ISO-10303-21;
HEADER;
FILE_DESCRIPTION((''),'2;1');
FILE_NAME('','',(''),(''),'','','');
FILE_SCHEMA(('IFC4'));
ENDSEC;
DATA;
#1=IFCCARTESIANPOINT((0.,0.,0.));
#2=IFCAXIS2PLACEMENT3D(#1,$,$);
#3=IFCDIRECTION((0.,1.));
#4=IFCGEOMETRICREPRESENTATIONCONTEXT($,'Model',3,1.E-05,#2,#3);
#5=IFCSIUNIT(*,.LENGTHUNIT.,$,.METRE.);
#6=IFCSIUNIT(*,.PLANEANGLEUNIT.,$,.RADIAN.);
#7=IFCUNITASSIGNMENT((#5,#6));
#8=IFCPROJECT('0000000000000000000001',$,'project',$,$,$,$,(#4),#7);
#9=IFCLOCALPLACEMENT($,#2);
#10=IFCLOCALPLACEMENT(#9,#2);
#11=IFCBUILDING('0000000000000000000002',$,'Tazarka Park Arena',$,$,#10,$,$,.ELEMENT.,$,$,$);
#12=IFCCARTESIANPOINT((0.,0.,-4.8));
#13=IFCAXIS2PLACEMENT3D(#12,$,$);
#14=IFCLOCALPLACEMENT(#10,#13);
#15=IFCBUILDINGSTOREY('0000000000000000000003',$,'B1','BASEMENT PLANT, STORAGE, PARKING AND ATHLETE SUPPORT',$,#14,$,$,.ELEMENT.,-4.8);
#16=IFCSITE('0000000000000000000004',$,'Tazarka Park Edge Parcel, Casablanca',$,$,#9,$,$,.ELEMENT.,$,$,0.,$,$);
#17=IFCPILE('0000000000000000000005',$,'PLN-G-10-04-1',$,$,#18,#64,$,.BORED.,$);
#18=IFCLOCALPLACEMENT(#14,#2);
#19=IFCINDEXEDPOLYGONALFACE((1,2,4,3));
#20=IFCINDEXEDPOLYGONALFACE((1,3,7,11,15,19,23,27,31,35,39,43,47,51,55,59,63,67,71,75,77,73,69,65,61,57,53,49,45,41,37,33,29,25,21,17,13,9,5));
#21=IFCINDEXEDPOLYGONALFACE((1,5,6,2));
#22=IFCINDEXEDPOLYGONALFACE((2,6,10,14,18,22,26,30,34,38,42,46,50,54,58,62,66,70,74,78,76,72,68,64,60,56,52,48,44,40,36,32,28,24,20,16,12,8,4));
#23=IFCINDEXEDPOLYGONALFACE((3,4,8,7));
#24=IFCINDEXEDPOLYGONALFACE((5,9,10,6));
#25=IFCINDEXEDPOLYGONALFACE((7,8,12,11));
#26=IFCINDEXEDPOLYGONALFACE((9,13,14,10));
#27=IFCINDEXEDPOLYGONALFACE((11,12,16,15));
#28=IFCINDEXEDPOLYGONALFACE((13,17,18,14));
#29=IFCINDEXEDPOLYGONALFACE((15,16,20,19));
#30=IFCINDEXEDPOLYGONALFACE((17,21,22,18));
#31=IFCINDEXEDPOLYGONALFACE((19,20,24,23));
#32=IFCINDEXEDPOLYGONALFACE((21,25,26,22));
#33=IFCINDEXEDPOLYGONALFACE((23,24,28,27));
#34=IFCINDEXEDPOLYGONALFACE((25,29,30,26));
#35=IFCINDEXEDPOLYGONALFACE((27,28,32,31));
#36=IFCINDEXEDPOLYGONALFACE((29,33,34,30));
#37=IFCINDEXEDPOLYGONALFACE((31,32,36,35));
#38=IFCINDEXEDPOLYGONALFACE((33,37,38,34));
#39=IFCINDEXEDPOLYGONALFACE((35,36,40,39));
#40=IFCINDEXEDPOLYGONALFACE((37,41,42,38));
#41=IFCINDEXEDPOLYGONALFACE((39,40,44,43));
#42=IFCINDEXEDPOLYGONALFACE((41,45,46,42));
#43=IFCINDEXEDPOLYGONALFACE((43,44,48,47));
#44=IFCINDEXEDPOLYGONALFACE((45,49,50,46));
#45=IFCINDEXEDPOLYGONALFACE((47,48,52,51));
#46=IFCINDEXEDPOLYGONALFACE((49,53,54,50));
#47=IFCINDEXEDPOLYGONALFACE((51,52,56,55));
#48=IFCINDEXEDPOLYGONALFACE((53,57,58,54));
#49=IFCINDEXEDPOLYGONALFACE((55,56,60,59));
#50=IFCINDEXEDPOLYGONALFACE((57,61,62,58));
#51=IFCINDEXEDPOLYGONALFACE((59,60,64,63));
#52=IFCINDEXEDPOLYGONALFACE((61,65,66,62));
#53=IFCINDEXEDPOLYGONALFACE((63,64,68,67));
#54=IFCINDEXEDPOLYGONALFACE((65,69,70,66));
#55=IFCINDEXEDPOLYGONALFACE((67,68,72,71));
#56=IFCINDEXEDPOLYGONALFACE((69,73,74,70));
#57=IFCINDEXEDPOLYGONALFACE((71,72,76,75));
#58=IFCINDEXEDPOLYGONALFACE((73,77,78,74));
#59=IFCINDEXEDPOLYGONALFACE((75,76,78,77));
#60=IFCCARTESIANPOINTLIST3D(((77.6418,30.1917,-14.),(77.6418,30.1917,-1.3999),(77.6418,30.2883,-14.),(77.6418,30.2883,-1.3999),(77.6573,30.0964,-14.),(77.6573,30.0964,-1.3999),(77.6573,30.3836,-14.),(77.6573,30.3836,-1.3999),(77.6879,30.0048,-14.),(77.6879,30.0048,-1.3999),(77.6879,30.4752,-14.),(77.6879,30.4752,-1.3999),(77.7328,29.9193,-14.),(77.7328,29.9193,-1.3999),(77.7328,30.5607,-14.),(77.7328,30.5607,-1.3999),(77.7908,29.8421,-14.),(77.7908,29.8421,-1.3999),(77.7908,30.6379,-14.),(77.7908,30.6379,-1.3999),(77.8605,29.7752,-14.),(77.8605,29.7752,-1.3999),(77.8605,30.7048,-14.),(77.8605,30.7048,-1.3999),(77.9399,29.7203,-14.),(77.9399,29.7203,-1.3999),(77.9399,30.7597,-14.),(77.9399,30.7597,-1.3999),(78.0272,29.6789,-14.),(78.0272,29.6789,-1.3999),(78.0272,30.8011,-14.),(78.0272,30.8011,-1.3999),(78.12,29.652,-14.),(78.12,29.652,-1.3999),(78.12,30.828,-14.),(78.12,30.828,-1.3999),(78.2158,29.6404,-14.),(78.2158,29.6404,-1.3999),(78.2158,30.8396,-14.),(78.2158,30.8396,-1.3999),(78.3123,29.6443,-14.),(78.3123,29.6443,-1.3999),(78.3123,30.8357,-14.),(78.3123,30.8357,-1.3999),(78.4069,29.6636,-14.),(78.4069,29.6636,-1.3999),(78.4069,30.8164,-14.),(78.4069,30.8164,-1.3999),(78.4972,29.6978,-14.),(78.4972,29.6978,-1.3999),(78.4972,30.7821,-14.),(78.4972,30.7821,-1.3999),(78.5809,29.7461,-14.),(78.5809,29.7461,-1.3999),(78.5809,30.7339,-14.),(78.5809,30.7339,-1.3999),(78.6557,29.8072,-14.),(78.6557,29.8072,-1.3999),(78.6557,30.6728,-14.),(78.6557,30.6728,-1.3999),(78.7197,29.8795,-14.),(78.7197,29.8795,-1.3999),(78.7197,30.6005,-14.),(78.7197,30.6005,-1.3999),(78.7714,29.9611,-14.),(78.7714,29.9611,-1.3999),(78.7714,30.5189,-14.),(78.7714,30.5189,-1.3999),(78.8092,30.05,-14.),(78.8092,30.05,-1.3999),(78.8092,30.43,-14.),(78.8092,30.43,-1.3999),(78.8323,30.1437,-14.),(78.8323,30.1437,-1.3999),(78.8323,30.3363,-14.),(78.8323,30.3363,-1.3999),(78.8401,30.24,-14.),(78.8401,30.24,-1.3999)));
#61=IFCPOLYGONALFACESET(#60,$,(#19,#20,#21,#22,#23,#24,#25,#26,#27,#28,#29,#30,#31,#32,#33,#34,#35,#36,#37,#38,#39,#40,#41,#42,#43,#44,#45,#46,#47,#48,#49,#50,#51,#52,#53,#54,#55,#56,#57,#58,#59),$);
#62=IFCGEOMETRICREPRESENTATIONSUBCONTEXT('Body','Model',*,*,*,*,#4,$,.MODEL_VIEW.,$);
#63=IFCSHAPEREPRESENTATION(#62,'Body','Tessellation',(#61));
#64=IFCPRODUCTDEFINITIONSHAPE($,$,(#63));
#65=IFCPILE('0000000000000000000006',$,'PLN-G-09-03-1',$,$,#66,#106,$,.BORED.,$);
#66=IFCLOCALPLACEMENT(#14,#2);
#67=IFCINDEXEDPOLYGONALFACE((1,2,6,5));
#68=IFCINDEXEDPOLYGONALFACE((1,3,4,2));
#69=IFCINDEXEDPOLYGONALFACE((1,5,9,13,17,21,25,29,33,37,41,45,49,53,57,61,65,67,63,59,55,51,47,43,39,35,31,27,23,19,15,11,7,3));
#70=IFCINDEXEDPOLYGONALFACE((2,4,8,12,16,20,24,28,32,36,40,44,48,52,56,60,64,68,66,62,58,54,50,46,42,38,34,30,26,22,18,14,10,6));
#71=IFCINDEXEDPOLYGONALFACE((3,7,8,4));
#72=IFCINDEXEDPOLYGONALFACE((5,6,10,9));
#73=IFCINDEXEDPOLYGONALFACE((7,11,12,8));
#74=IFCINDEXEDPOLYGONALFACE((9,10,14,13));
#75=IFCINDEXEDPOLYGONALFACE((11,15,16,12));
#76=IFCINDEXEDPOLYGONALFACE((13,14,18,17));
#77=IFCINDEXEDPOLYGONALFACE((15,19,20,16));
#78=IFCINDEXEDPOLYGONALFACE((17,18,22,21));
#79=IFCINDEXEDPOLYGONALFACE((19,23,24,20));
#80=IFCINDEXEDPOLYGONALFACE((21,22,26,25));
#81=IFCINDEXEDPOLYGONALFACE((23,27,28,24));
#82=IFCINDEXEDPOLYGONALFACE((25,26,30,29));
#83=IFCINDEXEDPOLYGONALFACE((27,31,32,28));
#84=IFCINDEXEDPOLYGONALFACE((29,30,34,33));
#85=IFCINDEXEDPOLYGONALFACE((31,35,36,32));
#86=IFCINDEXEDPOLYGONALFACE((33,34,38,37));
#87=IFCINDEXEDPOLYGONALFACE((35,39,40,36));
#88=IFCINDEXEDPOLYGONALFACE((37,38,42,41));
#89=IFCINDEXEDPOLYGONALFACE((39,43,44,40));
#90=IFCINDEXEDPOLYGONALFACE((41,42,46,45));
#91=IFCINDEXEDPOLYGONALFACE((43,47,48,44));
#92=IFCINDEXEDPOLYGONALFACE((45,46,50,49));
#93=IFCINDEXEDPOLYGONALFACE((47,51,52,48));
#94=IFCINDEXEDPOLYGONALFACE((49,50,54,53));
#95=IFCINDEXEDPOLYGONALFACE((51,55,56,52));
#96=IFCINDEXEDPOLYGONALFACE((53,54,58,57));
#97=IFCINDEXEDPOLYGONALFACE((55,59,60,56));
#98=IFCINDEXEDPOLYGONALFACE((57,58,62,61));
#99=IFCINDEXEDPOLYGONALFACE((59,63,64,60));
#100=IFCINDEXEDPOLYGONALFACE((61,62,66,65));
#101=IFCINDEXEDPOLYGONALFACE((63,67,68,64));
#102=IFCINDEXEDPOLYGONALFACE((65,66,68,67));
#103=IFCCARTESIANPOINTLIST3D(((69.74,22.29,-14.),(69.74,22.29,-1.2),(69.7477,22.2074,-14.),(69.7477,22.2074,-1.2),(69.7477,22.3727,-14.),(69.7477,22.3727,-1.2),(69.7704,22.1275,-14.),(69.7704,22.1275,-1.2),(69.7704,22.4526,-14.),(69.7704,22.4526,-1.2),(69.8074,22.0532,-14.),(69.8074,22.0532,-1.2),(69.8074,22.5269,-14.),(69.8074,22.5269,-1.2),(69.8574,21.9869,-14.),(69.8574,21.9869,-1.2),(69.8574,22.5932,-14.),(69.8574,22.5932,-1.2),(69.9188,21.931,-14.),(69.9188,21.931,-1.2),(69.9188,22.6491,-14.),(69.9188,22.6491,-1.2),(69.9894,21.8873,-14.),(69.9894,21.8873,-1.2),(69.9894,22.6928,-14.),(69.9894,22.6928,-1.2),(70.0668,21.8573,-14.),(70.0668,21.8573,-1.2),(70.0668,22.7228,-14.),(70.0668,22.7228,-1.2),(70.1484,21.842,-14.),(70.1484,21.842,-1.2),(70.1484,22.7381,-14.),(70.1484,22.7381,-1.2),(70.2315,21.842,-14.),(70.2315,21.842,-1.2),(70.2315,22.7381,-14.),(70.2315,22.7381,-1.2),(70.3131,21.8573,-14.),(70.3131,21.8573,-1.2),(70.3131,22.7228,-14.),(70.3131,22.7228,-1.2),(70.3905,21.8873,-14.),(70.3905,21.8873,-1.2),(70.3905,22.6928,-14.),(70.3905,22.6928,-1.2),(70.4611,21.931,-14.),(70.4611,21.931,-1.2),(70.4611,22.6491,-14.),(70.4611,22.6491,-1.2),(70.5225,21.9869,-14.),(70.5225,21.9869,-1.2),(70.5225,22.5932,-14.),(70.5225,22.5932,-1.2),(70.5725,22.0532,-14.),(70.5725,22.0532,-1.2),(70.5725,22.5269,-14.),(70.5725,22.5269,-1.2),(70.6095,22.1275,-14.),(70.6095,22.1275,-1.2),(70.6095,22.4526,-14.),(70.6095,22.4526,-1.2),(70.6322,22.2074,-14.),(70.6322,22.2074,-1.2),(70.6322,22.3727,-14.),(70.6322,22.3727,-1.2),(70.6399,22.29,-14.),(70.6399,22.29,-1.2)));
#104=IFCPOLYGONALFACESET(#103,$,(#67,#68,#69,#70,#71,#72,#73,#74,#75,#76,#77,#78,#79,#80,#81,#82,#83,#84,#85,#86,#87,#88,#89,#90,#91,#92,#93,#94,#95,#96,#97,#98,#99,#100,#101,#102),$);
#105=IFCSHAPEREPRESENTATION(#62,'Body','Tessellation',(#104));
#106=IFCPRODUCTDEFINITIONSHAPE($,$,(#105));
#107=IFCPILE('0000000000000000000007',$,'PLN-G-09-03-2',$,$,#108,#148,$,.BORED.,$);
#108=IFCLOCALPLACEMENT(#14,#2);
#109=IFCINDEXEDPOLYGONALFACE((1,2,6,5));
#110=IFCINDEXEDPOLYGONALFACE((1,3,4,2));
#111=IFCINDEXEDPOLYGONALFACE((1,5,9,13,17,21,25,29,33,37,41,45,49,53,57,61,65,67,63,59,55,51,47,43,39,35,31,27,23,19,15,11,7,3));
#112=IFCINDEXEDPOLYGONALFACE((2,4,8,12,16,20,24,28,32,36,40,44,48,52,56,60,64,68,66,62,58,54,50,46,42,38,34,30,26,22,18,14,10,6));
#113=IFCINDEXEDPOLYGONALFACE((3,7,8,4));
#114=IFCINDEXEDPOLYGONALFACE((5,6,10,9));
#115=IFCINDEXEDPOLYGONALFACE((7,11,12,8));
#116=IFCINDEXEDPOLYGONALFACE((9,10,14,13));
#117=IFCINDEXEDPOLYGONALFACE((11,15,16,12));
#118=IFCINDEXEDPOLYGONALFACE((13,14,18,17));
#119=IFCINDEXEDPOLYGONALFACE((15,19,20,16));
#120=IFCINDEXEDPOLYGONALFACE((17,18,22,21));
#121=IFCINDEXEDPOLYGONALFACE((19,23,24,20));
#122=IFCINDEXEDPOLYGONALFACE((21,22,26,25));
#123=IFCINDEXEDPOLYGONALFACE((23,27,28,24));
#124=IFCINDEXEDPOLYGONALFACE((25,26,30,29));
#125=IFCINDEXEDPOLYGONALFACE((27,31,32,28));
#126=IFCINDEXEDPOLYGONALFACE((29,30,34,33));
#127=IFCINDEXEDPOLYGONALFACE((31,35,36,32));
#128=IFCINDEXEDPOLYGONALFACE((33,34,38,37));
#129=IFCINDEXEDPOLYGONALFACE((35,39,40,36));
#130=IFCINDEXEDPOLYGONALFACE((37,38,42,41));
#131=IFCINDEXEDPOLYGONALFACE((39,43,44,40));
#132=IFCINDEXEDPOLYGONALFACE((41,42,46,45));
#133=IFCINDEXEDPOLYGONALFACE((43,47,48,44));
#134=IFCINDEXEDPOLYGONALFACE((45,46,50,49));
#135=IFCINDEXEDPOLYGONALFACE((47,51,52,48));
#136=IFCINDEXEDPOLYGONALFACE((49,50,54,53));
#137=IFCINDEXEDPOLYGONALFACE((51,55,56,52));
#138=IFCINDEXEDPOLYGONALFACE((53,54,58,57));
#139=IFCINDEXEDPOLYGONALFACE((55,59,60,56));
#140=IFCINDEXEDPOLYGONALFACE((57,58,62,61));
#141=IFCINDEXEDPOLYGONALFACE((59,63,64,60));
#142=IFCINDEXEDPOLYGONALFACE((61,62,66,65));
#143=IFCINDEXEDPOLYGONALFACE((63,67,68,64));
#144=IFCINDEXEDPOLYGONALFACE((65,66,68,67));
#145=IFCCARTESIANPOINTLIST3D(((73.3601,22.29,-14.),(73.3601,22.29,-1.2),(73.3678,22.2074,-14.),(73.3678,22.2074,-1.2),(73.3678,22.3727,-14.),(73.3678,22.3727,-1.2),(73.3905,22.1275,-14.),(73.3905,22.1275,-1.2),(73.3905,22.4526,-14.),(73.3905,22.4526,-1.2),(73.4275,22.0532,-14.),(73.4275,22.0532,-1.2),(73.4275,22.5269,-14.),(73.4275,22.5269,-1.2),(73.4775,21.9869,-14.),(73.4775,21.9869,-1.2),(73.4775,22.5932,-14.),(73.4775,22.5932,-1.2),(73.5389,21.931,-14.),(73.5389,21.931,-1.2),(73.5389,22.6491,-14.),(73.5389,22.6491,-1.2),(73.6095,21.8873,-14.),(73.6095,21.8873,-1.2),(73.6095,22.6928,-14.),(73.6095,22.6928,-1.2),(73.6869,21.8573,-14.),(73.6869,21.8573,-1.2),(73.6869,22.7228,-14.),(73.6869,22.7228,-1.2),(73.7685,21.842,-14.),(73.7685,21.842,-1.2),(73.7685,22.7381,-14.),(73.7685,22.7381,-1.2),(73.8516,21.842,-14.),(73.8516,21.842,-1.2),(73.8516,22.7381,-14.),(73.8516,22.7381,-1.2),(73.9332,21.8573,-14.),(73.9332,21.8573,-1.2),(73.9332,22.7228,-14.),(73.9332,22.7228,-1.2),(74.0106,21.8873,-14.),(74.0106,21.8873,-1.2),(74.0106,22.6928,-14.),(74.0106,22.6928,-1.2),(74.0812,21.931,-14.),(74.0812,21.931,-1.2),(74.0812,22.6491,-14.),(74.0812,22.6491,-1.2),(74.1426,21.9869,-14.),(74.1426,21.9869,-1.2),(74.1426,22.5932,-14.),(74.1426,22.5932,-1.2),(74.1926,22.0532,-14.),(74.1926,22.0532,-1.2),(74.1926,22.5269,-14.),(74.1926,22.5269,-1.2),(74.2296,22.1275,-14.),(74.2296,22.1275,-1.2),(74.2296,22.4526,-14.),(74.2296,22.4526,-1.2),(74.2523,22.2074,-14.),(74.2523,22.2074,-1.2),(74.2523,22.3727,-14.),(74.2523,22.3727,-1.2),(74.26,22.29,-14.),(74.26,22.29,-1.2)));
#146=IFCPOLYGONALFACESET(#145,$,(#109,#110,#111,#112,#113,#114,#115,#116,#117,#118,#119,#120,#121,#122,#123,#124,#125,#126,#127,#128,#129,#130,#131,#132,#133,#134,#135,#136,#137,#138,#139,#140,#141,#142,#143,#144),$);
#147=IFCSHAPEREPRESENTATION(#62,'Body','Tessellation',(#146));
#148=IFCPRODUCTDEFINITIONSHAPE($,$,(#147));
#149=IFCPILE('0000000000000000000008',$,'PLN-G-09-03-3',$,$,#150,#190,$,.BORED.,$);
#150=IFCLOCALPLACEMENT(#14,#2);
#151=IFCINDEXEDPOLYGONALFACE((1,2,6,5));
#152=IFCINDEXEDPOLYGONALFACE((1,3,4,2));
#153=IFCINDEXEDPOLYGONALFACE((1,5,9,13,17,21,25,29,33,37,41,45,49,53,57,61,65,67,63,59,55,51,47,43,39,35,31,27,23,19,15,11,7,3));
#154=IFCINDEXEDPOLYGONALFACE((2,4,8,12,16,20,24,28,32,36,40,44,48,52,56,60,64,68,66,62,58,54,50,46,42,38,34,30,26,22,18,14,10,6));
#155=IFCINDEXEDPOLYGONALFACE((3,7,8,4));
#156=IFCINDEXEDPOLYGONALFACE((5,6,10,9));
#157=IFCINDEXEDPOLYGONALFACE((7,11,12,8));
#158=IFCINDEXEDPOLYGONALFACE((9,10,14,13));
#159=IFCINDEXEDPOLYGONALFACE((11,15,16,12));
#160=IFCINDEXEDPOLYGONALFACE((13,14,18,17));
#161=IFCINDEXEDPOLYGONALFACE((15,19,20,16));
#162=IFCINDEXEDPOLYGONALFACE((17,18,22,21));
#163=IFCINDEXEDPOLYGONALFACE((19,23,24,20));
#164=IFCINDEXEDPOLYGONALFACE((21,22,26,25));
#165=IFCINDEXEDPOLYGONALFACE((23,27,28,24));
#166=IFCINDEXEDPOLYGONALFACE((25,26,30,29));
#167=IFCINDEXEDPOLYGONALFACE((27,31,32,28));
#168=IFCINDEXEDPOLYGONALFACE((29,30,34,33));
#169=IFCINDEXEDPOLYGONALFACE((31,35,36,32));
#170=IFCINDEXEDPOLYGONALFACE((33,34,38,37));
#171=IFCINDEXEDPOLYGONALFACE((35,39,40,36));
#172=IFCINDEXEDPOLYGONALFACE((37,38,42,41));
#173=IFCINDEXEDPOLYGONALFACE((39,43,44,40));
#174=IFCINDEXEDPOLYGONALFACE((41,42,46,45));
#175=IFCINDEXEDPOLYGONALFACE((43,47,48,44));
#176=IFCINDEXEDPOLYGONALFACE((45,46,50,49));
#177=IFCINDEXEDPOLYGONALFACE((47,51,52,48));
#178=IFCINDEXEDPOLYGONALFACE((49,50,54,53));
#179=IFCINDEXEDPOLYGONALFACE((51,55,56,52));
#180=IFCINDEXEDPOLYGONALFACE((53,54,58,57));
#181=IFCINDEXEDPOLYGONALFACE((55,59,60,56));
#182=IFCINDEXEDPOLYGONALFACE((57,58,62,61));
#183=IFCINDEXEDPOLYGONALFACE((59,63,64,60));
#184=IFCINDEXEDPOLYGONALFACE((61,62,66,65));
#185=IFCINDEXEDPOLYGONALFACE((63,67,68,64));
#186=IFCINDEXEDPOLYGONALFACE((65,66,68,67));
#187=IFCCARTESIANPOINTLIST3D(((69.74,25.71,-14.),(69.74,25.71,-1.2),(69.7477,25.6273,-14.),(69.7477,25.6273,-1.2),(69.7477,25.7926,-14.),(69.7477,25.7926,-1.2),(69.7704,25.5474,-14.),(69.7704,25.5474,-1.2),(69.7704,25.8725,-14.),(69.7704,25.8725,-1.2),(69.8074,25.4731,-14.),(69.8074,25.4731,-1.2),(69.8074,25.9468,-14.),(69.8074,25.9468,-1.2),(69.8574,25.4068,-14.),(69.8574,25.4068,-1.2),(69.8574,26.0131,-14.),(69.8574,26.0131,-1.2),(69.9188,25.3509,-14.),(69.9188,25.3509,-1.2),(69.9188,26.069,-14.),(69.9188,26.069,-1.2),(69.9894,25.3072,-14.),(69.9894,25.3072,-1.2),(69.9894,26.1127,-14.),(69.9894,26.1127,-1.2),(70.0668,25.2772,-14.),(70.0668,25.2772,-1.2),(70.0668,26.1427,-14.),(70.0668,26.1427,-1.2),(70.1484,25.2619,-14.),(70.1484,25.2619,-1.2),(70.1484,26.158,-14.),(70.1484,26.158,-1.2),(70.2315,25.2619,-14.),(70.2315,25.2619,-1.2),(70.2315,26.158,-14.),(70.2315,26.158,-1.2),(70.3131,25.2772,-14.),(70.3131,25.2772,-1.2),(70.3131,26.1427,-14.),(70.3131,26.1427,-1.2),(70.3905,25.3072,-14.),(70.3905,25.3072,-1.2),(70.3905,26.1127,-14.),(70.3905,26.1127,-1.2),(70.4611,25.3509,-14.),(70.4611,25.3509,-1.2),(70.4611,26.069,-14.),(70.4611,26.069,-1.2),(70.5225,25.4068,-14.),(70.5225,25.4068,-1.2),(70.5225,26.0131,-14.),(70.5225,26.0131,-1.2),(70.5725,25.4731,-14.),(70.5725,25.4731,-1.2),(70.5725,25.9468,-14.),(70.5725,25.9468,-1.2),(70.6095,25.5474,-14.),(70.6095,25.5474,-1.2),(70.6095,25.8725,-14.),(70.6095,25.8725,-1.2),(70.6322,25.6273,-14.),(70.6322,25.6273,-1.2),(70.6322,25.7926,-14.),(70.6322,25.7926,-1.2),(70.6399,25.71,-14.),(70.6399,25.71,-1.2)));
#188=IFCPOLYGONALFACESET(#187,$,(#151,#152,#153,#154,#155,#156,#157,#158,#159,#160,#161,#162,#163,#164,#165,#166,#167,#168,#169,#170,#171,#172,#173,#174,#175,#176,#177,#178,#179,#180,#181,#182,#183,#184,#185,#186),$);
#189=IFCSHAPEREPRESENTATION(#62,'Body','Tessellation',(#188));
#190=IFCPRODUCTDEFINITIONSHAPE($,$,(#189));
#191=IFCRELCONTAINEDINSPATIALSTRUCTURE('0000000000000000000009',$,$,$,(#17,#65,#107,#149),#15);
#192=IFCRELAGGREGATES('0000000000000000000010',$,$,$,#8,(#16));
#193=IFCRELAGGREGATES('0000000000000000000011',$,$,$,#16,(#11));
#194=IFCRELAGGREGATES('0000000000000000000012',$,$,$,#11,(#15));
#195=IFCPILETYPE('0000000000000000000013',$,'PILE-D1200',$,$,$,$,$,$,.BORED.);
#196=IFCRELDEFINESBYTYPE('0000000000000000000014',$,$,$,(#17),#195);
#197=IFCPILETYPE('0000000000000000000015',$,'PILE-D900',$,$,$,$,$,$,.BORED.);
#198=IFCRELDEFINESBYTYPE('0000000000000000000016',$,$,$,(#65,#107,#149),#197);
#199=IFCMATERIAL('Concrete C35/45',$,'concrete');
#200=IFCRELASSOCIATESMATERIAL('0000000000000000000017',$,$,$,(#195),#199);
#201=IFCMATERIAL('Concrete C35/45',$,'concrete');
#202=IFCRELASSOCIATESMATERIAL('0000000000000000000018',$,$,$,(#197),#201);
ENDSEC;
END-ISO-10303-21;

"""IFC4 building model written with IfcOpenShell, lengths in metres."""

from ifc_helpers import new_model, si_unit, direction, frame, origin, origin_2d, place, context, subcontext, project, spatial, circle, extrude, material, material_profile, profile_set, type_object, element, save


model = new_model("IFC4")

# Units and contexts
model_context = context("Model", 3, precision=1e-05, world=origin(), true_north=direction((0.0, 1.0)))
body_context = subcontext(model_context, "Body", "Model", "MODEL_VIEW")
ifc_project = project(units=[si_unit("LENGTHUNIT", "METRE"), si_unit("PLANEANGLEUNIT", "RADIAN")], contexts=[model_context])

# Site, building, storey
site_placement = place(None, origin())
site = spatial("IfcSite", under=ifc_project, at=site_placement, Name="Tazarka Park Edge Parcel, Casablanca", CompositionType="ELEMENT", RefElevation=0.0)
building_placement = place(site_placement, origin())
building = spatial("IfcBuilding", under=site, at=building_placement, Name="Tazarka Park Arena", CompositionType="ELEMENT")
storey_placement = place(building_placement, frame((0.0, 0.0, -4.8)))
storey = spatial("IfcBuildingStorey", under=building, at=storey_placement, Name="B1", Description="BASEMENT PLANT, STORAGE, PARKING AND ATHLETE SUPPORT", CompositionType="ELEMENT", Elevation=-4.8)

# Piles
ifc_material_1 = material(Name="Concrete C35/45", Category="concrete")
ifc_material_profile_1 = material_profile(ifc_material_1, circle(Radius=0.6001, at=origin_2d()), Name="Concrete C35/45")
ifc_profile_set_1 = profile_set([ifc_material_profile_1], Name="Concrete C35/45")
pile_type_1 = type_object("IfcPileType", Name="PILE-D1200", PredefinedType="BORED", material=ifc_profile_set_1)
pile_1_placement = place(storey_placement, frame((78.24, 30.24, -1.3999), z_axis=(0.0, 0.0, -1.0), x_axis=(1.0, 0.0, 0.0)))
element("IfcPile", 1, at=pile_1_placement, inside=storey, type_object=pile_type_1, Name="PLN-G-10-04-1", PredefinedType="BORED", context=body_context, shape_type="SweptSolid", body=[
    extrude(circle(Radius=0.6001, at=origin_2d()), origin(), (0.0, 0.0, 1.0), 12.6001),
])
ifc_material_2 = material(Name="Concrete C35/45", Category="concrete")
ifc_material_profile_2 = material_profile(ifc_material_2, circle(Radius=0.45, at=origin_2d()), Name="Concrete C35/45")
ifc_profile_set_2 = profile_set([ifc_material_profile_2], Name="Concrete C35/45")
pile_type_2 = type_object("IfcPileType", Name="PILE-D900", PredefinedType="BORED", material=ifc_profile_set_2)
for number, where, z_axis, x_axis, name in (
    (2, (70.1899, 22.29, -1.2), (0.0, 0.0, -1.0), (1.0, 0.0, 0.0), "PLN-G-09-03-1"),
    (3, (73.8101, 22.29, -1.2), (0.0, 0.0, -1.0), (1.0, 0.0, 0.0), "PLN-G-09-03-2"),
    (4, (70.1899, 25.71, -1.2), (0.0, 0.0, -1.0), (1.0, 0.0, 0.0), "PLN-G-09-03-3"),
):
    element("IfcPile", number, at=place(storey_placement, frame(where, z_axis=z_axis, x_axis=x_axis)), inside=storey, type_object=pile_type_2, Name=name, PredefinedType="BORED", context=body_context, shape_type="SweptSolid", body=[
        extrude(circle(Radius=0.45, at=origin_2d()), origin(), (0.0, 0.0, 1.0), 12.8),
    ])

save(model, "model.ifc")
